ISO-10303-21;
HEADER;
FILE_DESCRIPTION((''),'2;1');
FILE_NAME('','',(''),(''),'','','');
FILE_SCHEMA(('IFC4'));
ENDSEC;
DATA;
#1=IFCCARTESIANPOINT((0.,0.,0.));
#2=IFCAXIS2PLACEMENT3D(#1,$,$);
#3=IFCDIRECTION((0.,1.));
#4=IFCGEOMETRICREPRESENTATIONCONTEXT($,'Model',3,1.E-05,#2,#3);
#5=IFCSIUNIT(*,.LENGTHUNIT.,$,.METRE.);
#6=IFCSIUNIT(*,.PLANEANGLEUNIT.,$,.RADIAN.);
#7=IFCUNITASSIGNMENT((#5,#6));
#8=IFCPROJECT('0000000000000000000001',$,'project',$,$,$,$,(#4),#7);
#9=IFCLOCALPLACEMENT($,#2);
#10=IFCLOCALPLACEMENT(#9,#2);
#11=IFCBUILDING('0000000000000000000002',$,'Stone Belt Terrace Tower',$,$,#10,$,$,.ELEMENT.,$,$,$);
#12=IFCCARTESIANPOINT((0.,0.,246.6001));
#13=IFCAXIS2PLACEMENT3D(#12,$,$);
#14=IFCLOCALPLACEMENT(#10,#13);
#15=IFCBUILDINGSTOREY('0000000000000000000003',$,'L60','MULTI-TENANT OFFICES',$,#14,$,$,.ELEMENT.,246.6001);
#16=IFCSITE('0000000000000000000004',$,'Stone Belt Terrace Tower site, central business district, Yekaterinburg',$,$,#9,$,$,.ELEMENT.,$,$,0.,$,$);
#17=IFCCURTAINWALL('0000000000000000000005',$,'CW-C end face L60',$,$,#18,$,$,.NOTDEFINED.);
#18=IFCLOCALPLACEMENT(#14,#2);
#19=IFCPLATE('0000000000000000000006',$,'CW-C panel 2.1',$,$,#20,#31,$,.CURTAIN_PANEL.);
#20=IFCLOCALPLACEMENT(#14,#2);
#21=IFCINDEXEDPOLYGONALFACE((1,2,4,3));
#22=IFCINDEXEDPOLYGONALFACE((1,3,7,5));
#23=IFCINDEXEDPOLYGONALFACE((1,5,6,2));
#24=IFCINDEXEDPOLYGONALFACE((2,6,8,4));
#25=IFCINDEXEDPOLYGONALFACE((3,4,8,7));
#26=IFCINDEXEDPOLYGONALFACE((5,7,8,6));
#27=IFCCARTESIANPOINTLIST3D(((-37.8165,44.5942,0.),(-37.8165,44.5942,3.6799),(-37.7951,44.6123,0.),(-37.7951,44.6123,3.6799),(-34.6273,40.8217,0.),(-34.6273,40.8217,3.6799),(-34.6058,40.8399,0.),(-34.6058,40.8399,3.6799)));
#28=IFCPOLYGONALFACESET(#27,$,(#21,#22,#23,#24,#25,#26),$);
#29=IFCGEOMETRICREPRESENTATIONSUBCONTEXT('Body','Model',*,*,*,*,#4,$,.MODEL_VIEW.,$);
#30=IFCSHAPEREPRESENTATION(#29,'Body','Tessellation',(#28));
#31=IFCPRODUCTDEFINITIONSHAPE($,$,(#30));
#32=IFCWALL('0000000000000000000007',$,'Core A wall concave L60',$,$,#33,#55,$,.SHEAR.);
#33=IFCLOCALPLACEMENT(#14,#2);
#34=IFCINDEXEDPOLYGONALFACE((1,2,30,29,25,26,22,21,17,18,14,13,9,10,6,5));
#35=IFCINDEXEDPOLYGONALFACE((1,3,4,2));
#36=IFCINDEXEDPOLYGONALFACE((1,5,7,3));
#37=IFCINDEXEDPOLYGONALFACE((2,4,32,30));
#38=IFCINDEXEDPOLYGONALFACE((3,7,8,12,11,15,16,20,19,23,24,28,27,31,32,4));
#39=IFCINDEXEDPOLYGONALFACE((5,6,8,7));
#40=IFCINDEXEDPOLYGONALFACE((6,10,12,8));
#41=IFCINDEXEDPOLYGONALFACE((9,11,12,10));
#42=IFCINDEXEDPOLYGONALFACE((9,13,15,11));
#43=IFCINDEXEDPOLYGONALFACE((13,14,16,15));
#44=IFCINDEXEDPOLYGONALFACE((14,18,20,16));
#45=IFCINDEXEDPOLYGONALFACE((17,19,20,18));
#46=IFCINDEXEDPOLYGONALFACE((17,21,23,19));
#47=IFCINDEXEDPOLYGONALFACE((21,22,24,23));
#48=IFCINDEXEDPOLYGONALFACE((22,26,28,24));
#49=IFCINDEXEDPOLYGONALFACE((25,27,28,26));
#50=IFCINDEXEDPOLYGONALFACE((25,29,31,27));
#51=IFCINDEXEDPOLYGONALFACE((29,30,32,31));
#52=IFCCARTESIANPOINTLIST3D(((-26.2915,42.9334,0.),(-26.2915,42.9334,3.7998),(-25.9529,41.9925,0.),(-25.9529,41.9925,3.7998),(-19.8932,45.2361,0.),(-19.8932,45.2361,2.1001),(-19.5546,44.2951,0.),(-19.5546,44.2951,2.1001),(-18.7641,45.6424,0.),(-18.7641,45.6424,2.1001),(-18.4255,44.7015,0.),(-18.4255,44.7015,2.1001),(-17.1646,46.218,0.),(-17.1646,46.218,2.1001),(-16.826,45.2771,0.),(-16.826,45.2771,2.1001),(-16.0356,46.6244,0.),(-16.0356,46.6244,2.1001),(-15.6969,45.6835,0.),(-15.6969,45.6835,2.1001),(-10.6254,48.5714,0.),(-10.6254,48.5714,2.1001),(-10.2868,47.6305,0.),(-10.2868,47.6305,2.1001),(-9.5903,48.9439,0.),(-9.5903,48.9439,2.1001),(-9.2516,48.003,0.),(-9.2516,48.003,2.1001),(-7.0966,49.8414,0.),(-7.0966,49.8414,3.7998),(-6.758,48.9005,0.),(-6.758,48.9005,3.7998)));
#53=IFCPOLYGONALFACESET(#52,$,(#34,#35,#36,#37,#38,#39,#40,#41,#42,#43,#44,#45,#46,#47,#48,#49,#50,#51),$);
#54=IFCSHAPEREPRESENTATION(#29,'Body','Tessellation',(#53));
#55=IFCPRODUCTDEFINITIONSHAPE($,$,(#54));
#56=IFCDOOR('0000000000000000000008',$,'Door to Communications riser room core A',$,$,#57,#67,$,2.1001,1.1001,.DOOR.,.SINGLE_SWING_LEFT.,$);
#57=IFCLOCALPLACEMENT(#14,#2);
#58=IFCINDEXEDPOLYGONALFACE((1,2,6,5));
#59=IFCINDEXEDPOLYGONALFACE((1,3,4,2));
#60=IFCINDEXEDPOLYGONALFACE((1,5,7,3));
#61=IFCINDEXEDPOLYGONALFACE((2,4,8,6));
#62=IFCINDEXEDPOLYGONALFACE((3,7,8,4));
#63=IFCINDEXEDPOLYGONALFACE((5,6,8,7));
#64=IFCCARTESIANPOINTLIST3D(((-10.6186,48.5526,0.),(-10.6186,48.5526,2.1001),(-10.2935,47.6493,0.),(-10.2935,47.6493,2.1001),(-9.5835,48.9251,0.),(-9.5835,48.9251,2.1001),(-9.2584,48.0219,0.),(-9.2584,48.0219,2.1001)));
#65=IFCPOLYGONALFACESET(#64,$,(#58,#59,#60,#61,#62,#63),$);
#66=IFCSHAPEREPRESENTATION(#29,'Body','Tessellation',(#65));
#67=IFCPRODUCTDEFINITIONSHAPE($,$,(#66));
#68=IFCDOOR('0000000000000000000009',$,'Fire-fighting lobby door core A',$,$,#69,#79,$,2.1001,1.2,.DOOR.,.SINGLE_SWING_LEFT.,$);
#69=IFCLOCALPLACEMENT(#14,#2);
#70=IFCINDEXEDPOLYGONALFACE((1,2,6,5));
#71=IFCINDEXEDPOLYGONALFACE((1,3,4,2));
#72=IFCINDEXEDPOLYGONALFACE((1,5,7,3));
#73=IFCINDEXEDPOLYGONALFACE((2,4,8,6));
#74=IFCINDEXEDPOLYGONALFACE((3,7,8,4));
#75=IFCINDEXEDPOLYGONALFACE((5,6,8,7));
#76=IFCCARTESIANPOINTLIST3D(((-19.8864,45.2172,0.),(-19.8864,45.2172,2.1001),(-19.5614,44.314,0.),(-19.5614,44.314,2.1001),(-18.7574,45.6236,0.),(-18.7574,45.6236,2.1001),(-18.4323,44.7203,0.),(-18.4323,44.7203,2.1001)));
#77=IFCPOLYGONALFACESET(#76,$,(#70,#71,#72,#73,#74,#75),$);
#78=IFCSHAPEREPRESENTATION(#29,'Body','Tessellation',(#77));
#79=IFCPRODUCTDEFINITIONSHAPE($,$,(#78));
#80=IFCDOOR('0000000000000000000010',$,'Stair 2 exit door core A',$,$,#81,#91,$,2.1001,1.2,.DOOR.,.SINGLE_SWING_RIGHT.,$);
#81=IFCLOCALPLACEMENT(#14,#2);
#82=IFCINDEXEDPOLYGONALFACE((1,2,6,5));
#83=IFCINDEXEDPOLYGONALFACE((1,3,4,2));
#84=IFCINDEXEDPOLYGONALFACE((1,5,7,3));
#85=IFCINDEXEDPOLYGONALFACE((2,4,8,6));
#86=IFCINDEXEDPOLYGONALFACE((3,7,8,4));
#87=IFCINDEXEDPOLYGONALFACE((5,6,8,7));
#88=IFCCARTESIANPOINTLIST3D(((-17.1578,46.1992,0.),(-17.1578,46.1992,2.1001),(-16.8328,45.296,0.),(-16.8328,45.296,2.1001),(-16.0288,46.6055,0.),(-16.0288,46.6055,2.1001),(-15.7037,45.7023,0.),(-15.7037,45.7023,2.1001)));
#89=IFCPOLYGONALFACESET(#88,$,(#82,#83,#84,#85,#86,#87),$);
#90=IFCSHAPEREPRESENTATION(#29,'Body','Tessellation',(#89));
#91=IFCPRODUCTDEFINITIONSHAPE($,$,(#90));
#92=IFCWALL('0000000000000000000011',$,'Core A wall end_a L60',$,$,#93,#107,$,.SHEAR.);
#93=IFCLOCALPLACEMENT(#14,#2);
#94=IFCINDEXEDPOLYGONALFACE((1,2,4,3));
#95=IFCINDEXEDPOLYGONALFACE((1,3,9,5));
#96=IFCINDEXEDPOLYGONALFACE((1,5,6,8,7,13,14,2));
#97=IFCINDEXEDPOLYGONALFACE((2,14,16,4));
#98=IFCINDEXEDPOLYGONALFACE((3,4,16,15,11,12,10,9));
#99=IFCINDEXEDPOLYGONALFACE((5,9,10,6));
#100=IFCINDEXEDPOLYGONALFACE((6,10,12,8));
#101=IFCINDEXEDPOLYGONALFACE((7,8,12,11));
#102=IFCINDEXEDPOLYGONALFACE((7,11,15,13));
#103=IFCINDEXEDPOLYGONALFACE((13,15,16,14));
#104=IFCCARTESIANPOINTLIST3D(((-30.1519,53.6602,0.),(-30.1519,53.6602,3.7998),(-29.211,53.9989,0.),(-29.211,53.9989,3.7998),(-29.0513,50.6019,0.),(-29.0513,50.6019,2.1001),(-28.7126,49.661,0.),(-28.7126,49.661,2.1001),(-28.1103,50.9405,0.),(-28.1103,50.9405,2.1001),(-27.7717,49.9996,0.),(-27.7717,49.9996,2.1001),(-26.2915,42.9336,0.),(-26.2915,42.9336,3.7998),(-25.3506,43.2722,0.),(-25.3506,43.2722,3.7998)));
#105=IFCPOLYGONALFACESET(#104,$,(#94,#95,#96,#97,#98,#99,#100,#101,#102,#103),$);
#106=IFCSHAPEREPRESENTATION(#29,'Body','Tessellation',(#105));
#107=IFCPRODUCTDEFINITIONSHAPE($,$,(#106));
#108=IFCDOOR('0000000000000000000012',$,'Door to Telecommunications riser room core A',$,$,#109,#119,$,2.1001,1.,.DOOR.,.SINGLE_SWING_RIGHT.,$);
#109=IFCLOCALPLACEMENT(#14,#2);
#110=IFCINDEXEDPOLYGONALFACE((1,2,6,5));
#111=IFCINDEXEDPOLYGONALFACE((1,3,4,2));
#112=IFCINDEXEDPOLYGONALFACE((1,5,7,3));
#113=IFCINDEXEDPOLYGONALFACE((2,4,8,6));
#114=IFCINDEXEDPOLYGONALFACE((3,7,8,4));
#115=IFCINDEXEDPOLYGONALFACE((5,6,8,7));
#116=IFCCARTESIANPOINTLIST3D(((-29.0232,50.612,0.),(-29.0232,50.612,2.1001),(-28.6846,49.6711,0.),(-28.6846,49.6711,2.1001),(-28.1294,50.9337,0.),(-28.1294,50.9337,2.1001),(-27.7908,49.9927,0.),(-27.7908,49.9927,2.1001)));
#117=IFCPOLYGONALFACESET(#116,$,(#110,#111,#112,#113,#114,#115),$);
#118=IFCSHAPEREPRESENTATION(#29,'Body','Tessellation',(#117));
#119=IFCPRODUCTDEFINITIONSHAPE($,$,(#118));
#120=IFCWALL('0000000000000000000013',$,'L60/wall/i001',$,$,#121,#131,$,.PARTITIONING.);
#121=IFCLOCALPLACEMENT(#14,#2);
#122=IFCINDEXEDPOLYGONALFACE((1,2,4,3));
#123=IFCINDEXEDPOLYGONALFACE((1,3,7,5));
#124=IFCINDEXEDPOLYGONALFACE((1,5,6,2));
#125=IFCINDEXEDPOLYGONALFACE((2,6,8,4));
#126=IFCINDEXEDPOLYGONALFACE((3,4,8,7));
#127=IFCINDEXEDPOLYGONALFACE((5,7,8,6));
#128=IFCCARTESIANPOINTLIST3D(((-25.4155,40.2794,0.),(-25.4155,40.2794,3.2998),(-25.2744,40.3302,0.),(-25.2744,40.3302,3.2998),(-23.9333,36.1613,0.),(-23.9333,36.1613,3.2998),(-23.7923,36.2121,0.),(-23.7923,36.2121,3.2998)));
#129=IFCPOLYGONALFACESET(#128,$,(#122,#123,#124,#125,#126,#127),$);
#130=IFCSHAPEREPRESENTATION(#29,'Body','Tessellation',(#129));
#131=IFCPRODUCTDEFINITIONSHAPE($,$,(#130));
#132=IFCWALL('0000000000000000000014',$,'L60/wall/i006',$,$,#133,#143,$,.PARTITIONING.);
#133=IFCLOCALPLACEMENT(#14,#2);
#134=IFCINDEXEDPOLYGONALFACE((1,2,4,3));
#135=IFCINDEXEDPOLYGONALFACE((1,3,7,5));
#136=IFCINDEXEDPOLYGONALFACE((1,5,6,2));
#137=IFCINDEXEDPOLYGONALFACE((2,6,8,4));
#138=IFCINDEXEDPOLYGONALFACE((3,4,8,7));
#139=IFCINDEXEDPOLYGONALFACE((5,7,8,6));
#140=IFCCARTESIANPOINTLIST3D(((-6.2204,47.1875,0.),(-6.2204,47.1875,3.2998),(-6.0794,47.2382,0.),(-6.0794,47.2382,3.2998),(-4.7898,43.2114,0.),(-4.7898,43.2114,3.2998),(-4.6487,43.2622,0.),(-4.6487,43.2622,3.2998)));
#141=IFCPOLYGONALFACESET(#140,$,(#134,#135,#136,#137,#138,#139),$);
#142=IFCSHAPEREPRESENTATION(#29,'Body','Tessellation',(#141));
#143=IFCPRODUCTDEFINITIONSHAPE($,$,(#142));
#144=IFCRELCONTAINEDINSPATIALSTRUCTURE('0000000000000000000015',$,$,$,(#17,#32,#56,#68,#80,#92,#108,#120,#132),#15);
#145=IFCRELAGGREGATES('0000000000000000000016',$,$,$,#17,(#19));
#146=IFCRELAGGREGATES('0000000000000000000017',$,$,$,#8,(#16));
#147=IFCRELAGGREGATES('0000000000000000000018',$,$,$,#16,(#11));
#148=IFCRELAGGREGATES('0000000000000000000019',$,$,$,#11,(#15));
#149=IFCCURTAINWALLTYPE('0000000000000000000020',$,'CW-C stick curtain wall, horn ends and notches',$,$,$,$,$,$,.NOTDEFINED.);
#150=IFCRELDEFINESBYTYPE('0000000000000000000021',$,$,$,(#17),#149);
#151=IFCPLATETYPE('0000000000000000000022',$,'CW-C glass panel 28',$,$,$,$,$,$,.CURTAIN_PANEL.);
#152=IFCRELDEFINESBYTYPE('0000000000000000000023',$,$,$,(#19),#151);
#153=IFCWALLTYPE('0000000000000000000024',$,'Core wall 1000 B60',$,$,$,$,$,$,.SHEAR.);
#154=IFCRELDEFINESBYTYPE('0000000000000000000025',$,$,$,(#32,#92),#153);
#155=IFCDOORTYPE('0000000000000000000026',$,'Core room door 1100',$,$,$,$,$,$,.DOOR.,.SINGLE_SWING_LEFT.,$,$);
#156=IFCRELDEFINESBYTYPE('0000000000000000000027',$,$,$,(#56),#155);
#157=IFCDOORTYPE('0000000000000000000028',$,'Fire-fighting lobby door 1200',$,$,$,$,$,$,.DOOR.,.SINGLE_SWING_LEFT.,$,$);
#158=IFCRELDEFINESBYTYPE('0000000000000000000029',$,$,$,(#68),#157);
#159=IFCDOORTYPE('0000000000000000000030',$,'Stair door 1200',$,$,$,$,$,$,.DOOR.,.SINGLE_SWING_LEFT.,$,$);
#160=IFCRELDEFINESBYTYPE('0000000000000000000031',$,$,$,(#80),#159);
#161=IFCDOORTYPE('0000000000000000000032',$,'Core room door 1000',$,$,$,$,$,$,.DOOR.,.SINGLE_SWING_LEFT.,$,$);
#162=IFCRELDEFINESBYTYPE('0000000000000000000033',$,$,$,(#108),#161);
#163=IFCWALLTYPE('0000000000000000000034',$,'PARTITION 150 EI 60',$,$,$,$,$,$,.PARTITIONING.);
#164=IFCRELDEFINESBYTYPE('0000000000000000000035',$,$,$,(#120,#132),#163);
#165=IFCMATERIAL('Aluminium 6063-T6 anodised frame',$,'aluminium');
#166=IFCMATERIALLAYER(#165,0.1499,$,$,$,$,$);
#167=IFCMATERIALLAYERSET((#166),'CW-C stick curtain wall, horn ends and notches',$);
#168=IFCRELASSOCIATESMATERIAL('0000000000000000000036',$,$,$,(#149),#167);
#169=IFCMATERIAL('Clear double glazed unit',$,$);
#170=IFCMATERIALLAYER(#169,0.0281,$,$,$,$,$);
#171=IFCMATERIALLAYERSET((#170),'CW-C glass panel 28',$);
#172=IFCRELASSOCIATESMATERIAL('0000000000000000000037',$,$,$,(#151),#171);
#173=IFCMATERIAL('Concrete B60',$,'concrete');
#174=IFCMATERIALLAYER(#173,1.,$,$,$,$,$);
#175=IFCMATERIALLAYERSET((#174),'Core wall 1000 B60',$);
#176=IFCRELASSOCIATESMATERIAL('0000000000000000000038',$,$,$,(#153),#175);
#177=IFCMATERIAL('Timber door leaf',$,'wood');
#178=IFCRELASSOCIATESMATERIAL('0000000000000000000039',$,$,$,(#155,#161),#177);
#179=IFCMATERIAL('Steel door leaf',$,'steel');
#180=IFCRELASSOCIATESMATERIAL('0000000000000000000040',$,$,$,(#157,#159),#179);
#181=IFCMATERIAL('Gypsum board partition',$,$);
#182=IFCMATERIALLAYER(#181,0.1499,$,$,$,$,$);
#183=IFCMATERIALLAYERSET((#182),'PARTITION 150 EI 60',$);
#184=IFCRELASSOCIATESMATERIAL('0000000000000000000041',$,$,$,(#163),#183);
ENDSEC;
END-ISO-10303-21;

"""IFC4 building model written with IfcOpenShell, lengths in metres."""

from ifc_helpers import new_model, si_unit, direction, frame, frame_2d, origin, origin_2d, place, context, subcontext, project, spatial, rectangle, extrude, material, layer, layer_set, type_object, element, fill, aggregate, save


model = new_model("IFC4")

# Units and contexts
model_context = context("Model", 3, precision=1e-05, world=origin(), true_north=direction((0.0, 1.0)))
body_context = subcontext(model_context, "Body", "Model", "MODEL_VIEW")
ifc_project = project(units=[si_unit("LENGTHUNIT", "METRE"), si_unit("PLANEANGLEUNIT", "RADIAN")], contexts=[model_context])

# Site, building, storey
site_placement = place(None, origin())
site = spatial("IfcSite", under=ifc_project, at=site_placement, Name="Stone Belt Terrace Tower site, central business district, Yekaterinburg", CompositionType="ELEMENT", RefElevation=0.0)
building_placement = place(site_placement, origin())
building = spatial("IfcBuilding", under=site, at=building_placement, Name="Stone Belt Terrace Tower", CompositionType="ELEMENT")
storey_placement = place(building_placement, frame((0.0, 0.0, 246.6001)))
storey = spatial("IfcBuildingStorey", under=building, at=storey_placement, Name="L60", Description="MULTI-TENANT OFFICES", CompositionType="ELEMENT", Elevation=246.6001)

# Shared definitions
ifc_material_1 = material(Name="Concrete B60", Category="concrete")

# Curtain wall
ifc_material_2 = material(Name="Aluminium 6063-T6 anodised frame", Category="aluminium")
ifc_layer_1 = layer(ifc_material_2, 0.1499)
ifc_layer_set_1 = layer_set([ifc_layer_1], Name="CW-C stick curtain wall, horn ends and notches")
curtain_wall_type_1 = type_object("IfcCurtainWallType", Name="CW-C stick curtain wall, horn ends and notches", PredefinedType="NOTDEFINED", material=ifc_layer_set_1)
curtain_wall_1_placement = place(storey_placement, origin())
curtain_wall_1 = element("IfcCurtainWall", 1, at=curtain_wall_1_placement, inside=storey, type_object=curtain_wall_type_1, Name="CW-C end face L60", PredefinedType="NOTDEFINED")

# Plate
ifc_material_3 = material(Name="Clear double glazed unit")
ifc_layer_2 = layer(ifc_material_3, 0.0281)
ifc_layer_set_2 = layer_set([ifc_layer_2], Name="CW-C glass panel 28")
plate_type_1 = type_object("IfcPlateType", Name="CW-C glass panel 28", PredefinedType="CURTAIN_PANEL", material=ifc_layer_set_2)
plate_1_placement = place(storey_placement, frame((-36.2112, 42.717, 0.0), z_axis=(0.0, 0.0, 1.0), x_axis=(0.645607, -0.76367, 0.0)))
plate_1 = element("IfcPlate", 2, at=plate_1_placement, type_object=plate_type_1, Name="CW-C panel 2.1", PredefinedType="CURTAIN_PANEL", context=body_context, shape_type="SweptSolid", body=[
    extrude(rectangle(XDim=4.9399, YDim=0.0281, at=origin_2d()), origin(), (0.0, 0.0, 1.0), 3.6799),
])
aggregate(curtain_wall_1, [plate_1])

# Wall, openings, doors
ifc_layer_3 = layer(ifc_material_1, 1.0)
ifc_layer_set_3 = layer_set([ifc_layer_3], Name="Core wall 1000 B60")
wall_type_1 = type_object("IfcWallType", Name="Core wall 1000 B60", PredefinedType="SHEAR", material=ifc_layer_set_3)
wall_1_placement = place(storey_placement, frame((-26.1223, 42.4629, 0.0), z_axis=(0.0, 0.0, 1.0), x_axis=(0.940921, 0.338625, 0.0)))
wall_1 = element("IfcWall", 3, at=wall_1_placement, inside=storey, type_object=wall_type_1, Name="Core A wall concave L60", PredefinedType="SHEAR", context=body_context, shape_type="SweptSolid", body=[
    extrude(rectangle(XDim=20.4001, YDim=1.0, at=frame_2d((10.2002, 0.0))), origin(), (0.0, 0.0, 1.0), 3.7998),
])
opening_1_placement = place(wall_1_placement, frame((6.8, 0.0, 0.0)))
opening_1 = element("IfcOpeningElement", 4, at=opening_1_placement, cuts=wall_1, PredefinedType="OPENING", context=body_context, shape_type="SweptSolid", body=[
    extrude(rectangle(XDim=1.2, YDim=2.1001, at=frame_2d((0.6001, 1.05))), frame((0.0, 0.51, 0.0), z_axis=(0.0, -1.0, 0.0), x_axis=(1.0, 0.0, 0.0)), (0.0, 0.0, 1.0), 1.02),
])
opening_2_placement = place(wall_1_placement, frame((9.7, 0.0, 0.0)))
opening_2 = element("IfcOpeningElement", 5, at=opening_2_placement, cuts=wall_1, PredefinedType="OPENING", context=body_context, shape_type="SweptSolid", body=[
    extrude(rectangle(XDim=1.2, YDim=2.1001, at=frame_2d((0.6001, 1.05))), frame((0.0, 0.51, 0.0), z_axis=(0.0, -1.0, 0.0), x_axis=(1.0, 0.0, 0.0)), (0.0, 0.0, 1.0), 1.02),
])
opening_3_placement = place(wall_1_placement, frame((16.6499, 0.0, 0.0)))
opening_3 = element("IfcOpeningElement", 6, at=opening_3_placement, cuts=wall_1, PredefinedType="OPENING", context=body_context, shape_type="SweptSolid", body=[
    extrude(rectangle(XDim=1.1001, YDim=2.1001, at=frame_2d((0.55, 1.05))), frame((0.0, 0.51, 0.0), z_axis=(0.0, -1.0, 0.0), x_axis=(1.0, 0.0, 0.0)), (0.0, 0.0, 1.0), 1.02),
])
ifc_material_4 = material(Name="Timber door leaf", Category="wood")
door_type_1 = type_object("IfcDoorType", Name="Core room door 1100", OperationType="SINGLE_SWING_LEFT", PredefinedType="DOOR", material=ifc_material_4)
door_1_placement = place(opening_3_placement, origin())
door_1 = element("IfcDoor", 7, at=door_1_placement, inside=storey, type_object=door_type_1, Name="Door to Communications riser room core A", OperationType="SINGLE_SWING_LEFT", OverallHeight=2.1001, OverallWidth=1.1001, PredefinedType="DOOR", context=body_context, shape_type="SweptSolid", body=[
    extrude(rectangle(XDim=1.1001, YDim=2.1001, at=frame_2d((0.55, 1.05))), frame((0.0, 0.48, 0.0), z_axis=(0.0, -1.0, 0.0), x_axis=(1.0, 0.0, 0.0)), (0.0, 0.0, 1.0), 0.96),
])
fill(opening_3, door_1)
ifc_material_5 = material(Name="Steel door leaf", Category="steel")
door_type_2 = type_object("IfcDoorType", Name="Fire-fighting lobby door 1200", OperationType="SINGLE_SWING_LEFT", PredefinedType="DOOR", material=ifc_material_5)
door_2_placement = place(opening_1_placement, origin())
door_2 = element("IfcDoor", 8, at=door_2_placement, inside=storey, type_object=door_type_2, Name="Fire-fighting lobby door core A", OperationType="SINGLE_SWING_LEFT", OverallHeight=2.1001, OverallWidth=1.2, PredefinedType="DOOR", context=body_context, shape_type="SweptSolid", body=[
    extrude(rectangle(XDim=1.2, YDim=2.1001, at=frame_2d((0.6001, 1.05))), frame((0.0, 0.48, 0.0), z_axis=(0.0, -1.0, 0.0), x_axis=(1.0, 0.0, 0.0)), (0.0, 0.0, 1.0), 0.96),
])
fill(opening_1, door_2)
door_type_3 = type_object("IfcDoorType", Name="Stair door 1200", OperationType="SINGLE_SWING_LEFT", PredefinedType="DOOR", material=ifc_material_5)
door_3_placement = place(opening_2_placement, origin())
door_3 = element("IfcDoor", 9, at=door_3_placement, inside=storey, type_object=door_type_3, Name="Stair 2 exit door core A", OperationType="SINGLE_SWING_RIGHT", OverallHeight=2.1001, OverallWidth=1.2, PredefinedType="DOOR", context=body_context, shape_type="SweptSolid", body=[
    extrude(rectangle(XDim=1.2, YDim=2.1001, at=frame_2d((0.6001, 1.05))), frame((0.0, 0.48, 0.0), z_axis=(0.0, -1.0, 0.0), x_axis=(1.0, 0.0, 0.0)), (0.0, 0.0, 1.0), 0.96),
])
fill(opening_2, door_3)

# Wall, opening, door
wall_2_placement = place(storey_placement, frame((-25.821, 43.1028, 0.0), z_axis=(0.0, 0.0, 1.0), x_axis=(-0.338625, 0.940921, 0.0)))
wall_2 = element("IfcWall", 10, at=wall_2_placement, inside=storey, type_object=wall_type_1, Name="Core A wall end_a L60", PredefinedType="SHEAR", context=body_context, shape_type="SweptSolid", body=[
    extrude(rectangle(XDim=11.4001, YDim=1.0, at=frame_2d((5.7002, 0.0))), origin(), (0.0, 0.0, 1.0), 3.7998),
])
opening_4_placement = place(wall_2_placement, frame((7.1499, 0.0, 0.0)))
opening_4 = element("IfcOpeningElement", 11, at=opening_4_placement, cuts=wall_2, PredefinedType="OPENING", context=body_context, shape_type="SweptSolid", body=[
    extrude(rectangle(XDim=1.0, YDim=2.1001, at=frame_2d((0.5, 1.05))), frame((0.0, 0.51, 0.0), z_axis=(0.0, -1.0, 0.0), x_axis=(1.0, 0.0, 0.0)), (0.0, 0.0, 1.0), 1.02),
])
door_type_4 = type_object("IfcDoorType", Name="Core room door 1000", OperationType="SINGLE_SWING_LEFT", PredefinedType="DOOR", material=ifc_material_4)
door_4_placement = place(opening_4_placement, origin())
door_4 = element("IfcDoor", 12, at=door_4_placement, inside=storey, type_object=door_type_4, Name="Door to Telecommunications riser room core A", OperationType="SINGLE_SWING_RIGHT", OverallHeight=2.1001, OverallWidth=1.0, PredefinedType="DOOR", context=body_context, shape_type="SweptSolid", body=[
    extrude(rectangle(XDim=1.0, YDim=2.1001, at=frame_2d((0.5, 1.05))), frame((0.0, 0.4702, 0.0), z_axis=(0.0, -1.0, 0.0), x_axis=(1.0, 0.0, 0.0)), (0.0, 0.0, 1.0), 0.95),
])
fill(opening_4, door_4)

# Walls
ifc_material_6 = material(Name="Gypsum board partition")
ifc_layer_4 = layer(ifc_material_6, 0.1499)
ifc_layer_set_4 = layer_set([ifc_layer_4], Name="PARTITION 150 EI 60")
wall_type_2 = type_object("IfcWallType", Name="PARTITION 150 EI 60", PredefinedType="PARTITIONING", material=ifc_layer_set_4)
wall_3_placement = place(storey_placement, frame((-25.345, 40.3049, 0.0), z_axis=(0.0, 0.0, 1.0), x_axis=(0.338646, -0.940914, 0.0)))
element("IfcWall", 13, at=wall_3_placement, inside=storey, type_object=wall_type_2, Name="L60/wall/i001", PredefinedType="PARTITIONING", context=body_context, shape_type="SweptSolid", body=[
    extrude(rectangle(XDim=4.3767, YDim=0.1499, at=frame_2d((2.1885, 0.0))), origin(), (0.0, 0.0, 1.0), 3.2998),
])
wall_4_placement = place(storey_placement, frame((-4.7192, 43.2368, 0.0), z_axis=(0.0, 0.0, 1.0), x_axis=(-0.338568, 0.940942, 0.0)))
element("IfcWall", 14, at=wall_4_placement, inside=storey, type_object=wall_type_2, Name="L60/wall/i006", PredefinedType="PARTITIONING", context=body_context, shape_type="SweptSolid", body=[
    extrude(rectangle(XDim=4.2256, YDim=0.1499, at=frame_2d((2.1128, 0.0))), origin(), (0.0, 0.0, 1.0), 3.2998),
])

save(model, "model.ifc")
